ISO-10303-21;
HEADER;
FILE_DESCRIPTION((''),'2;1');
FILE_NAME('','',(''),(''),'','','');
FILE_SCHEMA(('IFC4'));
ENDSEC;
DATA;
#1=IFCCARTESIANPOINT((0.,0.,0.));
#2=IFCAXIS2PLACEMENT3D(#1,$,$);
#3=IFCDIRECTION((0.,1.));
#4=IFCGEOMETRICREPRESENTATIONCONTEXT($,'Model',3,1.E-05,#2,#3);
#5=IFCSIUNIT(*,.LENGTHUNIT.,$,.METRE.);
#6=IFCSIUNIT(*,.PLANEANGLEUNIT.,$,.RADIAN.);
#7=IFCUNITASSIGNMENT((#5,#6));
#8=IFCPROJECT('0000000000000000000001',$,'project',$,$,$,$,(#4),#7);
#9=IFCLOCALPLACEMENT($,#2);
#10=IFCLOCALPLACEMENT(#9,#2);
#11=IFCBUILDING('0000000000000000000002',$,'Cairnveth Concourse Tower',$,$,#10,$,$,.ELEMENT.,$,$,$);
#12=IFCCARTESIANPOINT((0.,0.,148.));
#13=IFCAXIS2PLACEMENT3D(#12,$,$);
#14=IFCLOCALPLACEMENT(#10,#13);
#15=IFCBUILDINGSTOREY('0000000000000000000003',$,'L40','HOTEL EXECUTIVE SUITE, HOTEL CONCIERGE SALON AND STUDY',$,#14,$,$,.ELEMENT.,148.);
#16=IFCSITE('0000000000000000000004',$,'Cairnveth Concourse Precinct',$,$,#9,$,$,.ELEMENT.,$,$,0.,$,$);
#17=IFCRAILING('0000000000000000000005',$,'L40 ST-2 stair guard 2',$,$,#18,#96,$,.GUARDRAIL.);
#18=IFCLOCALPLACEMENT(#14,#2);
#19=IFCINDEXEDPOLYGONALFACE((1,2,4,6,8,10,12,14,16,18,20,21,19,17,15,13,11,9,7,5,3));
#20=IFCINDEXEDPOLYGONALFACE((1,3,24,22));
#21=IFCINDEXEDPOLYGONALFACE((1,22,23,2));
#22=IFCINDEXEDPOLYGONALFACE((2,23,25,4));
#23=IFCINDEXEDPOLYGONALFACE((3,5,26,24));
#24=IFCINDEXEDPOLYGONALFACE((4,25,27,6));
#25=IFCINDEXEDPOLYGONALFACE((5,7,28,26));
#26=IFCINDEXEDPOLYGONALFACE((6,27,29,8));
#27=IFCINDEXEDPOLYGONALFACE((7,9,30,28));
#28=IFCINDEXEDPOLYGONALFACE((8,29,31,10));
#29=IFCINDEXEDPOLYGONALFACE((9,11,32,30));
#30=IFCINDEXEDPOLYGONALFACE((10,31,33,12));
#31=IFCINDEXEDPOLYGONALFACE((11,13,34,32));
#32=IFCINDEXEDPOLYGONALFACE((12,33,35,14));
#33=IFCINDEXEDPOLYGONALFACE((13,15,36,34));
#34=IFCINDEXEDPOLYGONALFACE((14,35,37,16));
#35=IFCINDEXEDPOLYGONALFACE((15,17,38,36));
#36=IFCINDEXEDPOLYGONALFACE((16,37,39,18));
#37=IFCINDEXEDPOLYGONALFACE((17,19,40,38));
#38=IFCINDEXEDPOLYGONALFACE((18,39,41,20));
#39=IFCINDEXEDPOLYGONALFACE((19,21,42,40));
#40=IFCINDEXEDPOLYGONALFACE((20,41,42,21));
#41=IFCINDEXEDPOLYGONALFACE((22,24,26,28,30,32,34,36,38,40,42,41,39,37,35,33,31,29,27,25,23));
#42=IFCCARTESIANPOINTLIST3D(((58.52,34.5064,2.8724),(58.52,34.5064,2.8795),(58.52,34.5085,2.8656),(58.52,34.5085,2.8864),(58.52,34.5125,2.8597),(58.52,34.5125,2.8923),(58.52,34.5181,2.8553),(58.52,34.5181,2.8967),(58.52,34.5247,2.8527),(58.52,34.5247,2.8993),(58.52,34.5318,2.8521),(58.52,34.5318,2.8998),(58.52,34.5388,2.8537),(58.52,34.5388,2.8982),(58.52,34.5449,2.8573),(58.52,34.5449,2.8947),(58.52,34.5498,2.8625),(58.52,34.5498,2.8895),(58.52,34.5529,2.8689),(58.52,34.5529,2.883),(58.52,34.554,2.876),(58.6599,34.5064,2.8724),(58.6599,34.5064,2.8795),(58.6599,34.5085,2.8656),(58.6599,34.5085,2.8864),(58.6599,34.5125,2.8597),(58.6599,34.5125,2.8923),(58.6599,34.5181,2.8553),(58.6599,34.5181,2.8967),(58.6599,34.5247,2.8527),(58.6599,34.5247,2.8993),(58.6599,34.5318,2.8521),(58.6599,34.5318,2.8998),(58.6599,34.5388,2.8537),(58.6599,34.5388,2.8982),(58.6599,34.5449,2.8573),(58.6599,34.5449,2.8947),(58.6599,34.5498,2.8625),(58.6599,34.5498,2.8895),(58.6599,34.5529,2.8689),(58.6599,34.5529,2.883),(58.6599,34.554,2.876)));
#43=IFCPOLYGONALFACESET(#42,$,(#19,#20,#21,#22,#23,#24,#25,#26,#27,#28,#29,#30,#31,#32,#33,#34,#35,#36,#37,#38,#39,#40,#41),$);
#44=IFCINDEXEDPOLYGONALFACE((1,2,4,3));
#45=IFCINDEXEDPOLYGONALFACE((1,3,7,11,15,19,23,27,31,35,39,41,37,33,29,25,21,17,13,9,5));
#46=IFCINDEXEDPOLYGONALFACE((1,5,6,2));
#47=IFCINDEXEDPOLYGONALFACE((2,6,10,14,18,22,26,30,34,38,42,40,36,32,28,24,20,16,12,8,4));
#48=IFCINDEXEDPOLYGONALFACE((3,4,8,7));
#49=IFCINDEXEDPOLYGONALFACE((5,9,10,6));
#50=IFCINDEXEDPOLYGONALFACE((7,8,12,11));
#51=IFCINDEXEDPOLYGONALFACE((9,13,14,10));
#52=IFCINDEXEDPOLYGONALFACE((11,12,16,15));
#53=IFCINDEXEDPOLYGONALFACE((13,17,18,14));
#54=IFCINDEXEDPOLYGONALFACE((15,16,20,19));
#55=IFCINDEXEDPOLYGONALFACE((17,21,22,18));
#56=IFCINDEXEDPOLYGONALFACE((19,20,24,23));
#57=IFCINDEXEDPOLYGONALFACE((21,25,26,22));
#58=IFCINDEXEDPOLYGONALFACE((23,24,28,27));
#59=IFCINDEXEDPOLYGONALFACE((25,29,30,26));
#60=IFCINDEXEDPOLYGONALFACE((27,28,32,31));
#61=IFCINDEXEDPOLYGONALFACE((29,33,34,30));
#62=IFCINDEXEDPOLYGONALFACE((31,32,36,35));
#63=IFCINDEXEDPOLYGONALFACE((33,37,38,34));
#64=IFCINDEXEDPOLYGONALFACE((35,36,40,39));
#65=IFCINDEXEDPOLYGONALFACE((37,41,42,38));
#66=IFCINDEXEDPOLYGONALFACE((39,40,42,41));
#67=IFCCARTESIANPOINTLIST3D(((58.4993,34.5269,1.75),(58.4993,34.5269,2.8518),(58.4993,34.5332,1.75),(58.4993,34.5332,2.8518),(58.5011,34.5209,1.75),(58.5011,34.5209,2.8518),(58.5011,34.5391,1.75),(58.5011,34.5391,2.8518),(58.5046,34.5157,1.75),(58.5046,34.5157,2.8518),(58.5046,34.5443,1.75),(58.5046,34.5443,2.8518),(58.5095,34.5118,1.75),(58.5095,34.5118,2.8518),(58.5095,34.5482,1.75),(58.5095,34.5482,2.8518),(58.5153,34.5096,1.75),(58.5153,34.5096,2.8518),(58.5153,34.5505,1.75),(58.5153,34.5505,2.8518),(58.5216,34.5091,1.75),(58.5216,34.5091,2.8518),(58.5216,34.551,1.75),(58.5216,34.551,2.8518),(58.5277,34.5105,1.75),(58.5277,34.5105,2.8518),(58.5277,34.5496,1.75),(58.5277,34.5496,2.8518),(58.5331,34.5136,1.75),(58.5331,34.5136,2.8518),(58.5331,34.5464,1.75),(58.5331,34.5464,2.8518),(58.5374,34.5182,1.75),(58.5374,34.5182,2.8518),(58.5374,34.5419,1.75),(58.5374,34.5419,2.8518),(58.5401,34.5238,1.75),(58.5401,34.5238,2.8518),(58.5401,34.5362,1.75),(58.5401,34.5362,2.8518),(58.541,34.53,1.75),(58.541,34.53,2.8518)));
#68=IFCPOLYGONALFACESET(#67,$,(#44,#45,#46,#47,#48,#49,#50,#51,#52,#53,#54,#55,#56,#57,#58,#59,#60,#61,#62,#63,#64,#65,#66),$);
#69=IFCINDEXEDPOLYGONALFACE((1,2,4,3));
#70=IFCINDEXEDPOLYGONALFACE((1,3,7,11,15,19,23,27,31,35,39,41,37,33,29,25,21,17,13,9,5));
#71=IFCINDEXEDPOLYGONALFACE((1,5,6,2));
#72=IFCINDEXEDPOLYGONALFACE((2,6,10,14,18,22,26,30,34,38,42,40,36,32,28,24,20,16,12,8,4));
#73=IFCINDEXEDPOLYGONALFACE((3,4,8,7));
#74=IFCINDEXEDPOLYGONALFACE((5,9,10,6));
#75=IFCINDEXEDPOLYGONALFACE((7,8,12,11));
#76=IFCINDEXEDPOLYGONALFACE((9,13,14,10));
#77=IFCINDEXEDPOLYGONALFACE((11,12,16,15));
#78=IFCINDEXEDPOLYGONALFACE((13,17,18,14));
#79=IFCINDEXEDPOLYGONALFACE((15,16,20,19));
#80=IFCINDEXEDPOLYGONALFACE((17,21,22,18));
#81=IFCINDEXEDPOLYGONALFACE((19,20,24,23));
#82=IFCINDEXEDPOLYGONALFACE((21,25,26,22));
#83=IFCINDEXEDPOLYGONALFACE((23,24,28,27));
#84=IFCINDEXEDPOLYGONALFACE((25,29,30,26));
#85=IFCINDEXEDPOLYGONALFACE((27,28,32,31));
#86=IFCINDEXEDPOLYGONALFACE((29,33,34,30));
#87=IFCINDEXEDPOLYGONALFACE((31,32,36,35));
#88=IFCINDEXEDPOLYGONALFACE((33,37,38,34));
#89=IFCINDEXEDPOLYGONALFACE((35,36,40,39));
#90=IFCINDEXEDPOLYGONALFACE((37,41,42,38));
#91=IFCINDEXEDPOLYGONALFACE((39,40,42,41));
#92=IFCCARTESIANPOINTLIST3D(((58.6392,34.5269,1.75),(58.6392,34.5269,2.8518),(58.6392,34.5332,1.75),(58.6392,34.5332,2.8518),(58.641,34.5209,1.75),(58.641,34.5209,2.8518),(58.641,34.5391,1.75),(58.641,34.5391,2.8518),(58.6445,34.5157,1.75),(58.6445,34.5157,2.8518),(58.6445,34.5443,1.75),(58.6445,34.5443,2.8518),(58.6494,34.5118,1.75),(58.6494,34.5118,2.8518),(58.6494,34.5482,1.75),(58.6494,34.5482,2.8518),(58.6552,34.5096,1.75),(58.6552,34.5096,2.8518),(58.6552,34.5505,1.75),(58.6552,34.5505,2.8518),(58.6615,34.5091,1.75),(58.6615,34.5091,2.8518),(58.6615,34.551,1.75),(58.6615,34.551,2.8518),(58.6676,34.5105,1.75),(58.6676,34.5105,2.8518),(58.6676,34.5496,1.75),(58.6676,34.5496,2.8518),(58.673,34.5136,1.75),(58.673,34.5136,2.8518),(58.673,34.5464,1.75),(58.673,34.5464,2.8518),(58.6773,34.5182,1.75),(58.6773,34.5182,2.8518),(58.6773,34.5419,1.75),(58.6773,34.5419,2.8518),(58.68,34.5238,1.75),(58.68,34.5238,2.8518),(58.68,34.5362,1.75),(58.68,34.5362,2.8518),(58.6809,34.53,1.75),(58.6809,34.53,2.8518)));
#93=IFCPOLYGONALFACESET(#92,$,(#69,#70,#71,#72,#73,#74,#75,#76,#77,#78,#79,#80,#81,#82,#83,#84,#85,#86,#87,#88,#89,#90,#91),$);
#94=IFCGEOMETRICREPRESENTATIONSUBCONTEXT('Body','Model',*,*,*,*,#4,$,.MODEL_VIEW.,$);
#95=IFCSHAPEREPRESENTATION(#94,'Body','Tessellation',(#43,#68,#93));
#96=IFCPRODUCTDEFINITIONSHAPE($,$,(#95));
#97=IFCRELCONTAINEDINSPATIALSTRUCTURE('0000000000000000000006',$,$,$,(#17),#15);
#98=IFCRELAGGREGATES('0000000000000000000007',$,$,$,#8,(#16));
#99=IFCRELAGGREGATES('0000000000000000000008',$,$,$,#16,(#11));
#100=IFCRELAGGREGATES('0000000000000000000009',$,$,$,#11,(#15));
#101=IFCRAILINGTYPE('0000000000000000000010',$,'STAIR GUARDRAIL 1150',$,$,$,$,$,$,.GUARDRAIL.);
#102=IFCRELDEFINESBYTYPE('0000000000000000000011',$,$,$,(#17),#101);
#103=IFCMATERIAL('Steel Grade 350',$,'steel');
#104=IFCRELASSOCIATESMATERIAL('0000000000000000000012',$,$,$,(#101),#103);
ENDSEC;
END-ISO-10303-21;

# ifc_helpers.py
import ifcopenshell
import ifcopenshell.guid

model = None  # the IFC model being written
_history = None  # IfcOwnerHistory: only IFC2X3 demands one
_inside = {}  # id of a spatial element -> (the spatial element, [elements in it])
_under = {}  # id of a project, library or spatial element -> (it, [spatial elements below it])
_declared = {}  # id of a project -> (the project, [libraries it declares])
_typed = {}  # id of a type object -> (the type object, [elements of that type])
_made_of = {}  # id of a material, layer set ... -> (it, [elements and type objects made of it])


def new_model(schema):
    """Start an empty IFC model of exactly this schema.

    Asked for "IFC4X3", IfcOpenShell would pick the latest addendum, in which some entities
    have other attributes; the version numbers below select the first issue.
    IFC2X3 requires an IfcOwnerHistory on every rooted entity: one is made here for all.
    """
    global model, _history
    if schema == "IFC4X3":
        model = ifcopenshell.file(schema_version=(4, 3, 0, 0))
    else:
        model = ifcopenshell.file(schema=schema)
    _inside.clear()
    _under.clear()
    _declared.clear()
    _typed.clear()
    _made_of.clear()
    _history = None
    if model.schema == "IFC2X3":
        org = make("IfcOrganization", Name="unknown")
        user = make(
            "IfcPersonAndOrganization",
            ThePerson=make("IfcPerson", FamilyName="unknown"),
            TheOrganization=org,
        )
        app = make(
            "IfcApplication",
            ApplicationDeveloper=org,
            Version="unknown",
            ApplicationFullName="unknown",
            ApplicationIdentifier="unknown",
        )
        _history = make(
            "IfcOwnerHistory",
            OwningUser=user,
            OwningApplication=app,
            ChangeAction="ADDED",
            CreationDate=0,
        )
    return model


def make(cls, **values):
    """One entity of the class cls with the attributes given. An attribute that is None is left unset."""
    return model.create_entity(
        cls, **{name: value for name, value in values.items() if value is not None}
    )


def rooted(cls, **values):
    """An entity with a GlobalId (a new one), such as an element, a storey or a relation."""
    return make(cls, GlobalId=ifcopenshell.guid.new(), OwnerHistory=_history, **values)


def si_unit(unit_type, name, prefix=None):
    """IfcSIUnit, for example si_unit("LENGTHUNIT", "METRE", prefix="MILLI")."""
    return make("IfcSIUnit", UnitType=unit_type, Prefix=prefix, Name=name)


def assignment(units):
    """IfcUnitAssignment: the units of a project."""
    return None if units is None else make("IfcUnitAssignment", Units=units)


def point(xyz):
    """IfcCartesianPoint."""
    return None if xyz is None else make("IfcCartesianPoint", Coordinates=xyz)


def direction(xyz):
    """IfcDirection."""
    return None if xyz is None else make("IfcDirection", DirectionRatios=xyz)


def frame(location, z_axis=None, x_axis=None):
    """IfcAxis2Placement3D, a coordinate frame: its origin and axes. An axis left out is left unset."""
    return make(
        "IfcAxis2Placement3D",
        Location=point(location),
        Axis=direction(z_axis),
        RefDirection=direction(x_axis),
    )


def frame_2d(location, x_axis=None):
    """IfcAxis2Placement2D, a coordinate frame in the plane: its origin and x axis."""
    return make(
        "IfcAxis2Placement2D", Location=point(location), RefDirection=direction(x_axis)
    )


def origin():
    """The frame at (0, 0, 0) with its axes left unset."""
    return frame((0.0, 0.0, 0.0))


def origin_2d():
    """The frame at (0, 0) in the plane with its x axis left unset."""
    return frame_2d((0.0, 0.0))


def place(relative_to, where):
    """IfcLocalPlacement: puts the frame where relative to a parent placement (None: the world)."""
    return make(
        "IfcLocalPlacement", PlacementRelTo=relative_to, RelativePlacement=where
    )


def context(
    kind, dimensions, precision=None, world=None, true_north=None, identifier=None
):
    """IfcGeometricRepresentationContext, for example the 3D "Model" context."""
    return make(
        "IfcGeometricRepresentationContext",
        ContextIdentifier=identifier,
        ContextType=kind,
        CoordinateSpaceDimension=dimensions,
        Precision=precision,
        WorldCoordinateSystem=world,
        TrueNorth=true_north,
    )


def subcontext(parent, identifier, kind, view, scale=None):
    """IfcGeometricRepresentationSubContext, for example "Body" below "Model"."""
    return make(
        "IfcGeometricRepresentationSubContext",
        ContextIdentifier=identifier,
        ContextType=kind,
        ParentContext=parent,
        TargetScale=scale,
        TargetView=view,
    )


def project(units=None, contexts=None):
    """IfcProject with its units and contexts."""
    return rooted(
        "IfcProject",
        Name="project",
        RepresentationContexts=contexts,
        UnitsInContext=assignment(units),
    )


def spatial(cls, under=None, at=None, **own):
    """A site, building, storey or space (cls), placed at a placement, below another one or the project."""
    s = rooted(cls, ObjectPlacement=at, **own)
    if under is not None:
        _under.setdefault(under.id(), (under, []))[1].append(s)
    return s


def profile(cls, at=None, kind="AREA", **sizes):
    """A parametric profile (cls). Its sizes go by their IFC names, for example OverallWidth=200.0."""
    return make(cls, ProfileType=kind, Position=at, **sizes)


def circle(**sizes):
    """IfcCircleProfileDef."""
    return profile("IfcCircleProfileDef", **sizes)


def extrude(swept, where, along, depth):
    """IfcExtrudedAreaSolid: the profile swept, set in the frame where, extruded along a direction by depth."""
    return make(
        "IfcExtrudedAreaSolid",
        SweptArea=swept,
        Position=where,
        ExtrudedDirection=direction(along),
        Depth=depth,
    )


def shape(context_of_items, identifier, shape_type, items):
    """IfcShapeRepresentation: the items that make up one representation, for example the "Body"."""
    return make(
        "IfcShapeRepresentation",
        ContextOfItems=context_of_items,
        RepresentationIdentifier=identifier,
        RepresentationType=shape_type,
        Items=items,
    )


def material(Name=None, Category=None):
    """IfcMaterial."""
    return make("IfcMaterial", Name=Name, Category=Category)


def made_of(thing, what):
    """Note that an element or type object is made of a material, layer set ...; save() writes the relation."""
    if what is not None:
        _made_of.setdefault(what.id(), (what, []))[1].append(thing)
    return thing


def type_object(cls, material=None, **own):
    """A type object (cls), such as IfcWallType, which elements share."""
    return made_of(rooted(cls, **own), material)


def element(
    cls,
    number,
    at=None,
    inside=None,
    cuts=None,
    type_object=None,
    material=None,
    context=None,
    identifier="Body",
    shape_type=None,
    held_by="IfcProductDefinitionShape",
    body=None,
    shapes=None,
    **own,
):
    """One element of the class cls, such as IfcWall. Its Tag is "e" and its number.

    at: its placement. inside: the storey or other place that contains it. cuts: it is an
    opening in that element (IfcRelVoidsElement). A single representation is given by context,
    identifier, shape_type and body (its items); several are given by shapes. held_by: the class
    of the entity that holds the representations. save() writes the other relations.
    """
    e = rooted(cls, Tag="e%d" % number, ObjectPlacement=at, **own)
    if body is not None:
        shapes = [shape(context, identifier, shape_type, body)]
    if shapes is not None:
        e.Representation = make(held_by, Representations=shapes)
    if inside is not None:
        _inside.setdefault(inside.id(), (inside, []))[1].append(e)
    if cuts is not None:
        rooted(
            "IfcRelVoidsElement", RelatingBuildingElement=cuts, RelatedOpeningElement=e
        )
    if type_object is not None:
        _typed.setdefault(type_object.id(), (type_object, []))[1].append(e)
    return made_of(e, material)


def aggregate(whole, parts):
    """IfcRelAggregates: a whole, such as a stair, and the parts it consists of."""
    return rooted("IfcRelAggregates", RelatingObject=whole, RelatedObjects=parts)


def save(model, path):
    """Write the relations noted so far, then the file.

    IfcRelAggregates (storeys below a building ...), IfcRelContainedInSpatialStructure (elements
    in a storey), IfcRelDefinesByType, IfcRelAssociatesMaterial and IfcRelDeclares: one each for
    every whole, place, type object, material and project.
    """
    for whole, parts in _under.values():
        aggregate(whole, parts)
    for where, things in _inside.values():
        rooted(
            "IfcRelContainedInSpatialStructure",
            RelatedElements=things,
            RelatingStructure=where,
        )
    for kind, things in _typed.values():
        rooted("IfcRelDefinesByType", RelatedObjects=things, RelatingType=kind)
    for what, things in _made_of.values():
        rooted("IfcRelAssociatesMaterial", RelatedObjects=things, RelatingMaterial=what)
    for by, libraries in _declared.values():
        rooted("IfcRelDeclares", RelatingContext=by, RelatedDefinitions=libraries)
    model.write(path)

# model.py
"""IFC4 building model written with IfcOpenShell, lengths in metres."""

from ifc_helpers import new_model, si_unit, direction, frame, origin, origin_2d, place, context, subcontext, project, spatial, circle, extrude, material, type_object, element, save


model = new_model("IFC4")

# Units and contexts
model_context = context("Model", 3, precision=1e-05, world=origin(), true_north=direction((0.0, 1.0)))
body_context = subcontext(model_context, "Body", "Model", "MODEL_VIEW")
ifc_project = project(units=[si_unit("LENGTHUNIT", "METRE"), si_unit("PLANEANGLEUNIT", "RADIAN")], contexts=[model_context])

# Site, building, storey
site_placement = place(None, origin())
site = spatial("IfcSite", under=ifc_project, at=site_placement, Name="Cairnveth Concourse Precinct", CompositionType="ELEMENT", RefElevation=0.0)
building_placement = place(site_placement, origin())
building = spatial("IfcBuilding", under=site, at=building_placement, Name="Cairnveth Concourse Tower", CompositionType="ELEMENT")
storey_placement = place(building_placement, frame((0.0, 0.0, 148.0)))
storey = spatial("IfcBuildingStorey", under=building, at=storey_placement, Name="L40", Description="HOTEL EXECUTIVE SUITE, HOTEL CONCIERGE SALON AND STUDY", CompositionType="ELEMENT", Elevation=148.0)

# Shared definitions
ifc_material_1 = material(Name="Steel Grade 350", Category="steel")

# Railing
railing_type_1 = type_object("IfcRailingType", Name="STAIR GUARDRAIL 1150", PredefinedType="GUARDRAIL", material=ifc_material_1)
railing_1_placement = place(storey_placement, frame((58.52, 34.53, 1.75)))
element("IfcRailing", 1, at=railing_1_placement, inside=storey, type_object=railing_type_1, Name="L40 ST-2 stair guard 2", PredefinedType="GUARDRAIL", context=body_context, shape_type="SweptSolid", body=[
    extrude(circle(Radius=0.0239, at=origin_2d()), frame((0.0, 0.0, 1.126), z_axis=(1.0, 0.0, 0.0), x_axis=(0.0, 1.0, 0.0)), (0.0, 0.0, 1.0), 0.1399),
    extrude(circle(Radius=0.021, at=origin_2d()), origin(), (0.0, 0.0, 1.0), 1.1018),
    extrude(circle(Radius=0.021, at=origin_2d()), frame((0.1399, 0.0, 0.0)), (0.0, 0.0, 1.0), 1.1018),
])

save(model, "model.ifc")
